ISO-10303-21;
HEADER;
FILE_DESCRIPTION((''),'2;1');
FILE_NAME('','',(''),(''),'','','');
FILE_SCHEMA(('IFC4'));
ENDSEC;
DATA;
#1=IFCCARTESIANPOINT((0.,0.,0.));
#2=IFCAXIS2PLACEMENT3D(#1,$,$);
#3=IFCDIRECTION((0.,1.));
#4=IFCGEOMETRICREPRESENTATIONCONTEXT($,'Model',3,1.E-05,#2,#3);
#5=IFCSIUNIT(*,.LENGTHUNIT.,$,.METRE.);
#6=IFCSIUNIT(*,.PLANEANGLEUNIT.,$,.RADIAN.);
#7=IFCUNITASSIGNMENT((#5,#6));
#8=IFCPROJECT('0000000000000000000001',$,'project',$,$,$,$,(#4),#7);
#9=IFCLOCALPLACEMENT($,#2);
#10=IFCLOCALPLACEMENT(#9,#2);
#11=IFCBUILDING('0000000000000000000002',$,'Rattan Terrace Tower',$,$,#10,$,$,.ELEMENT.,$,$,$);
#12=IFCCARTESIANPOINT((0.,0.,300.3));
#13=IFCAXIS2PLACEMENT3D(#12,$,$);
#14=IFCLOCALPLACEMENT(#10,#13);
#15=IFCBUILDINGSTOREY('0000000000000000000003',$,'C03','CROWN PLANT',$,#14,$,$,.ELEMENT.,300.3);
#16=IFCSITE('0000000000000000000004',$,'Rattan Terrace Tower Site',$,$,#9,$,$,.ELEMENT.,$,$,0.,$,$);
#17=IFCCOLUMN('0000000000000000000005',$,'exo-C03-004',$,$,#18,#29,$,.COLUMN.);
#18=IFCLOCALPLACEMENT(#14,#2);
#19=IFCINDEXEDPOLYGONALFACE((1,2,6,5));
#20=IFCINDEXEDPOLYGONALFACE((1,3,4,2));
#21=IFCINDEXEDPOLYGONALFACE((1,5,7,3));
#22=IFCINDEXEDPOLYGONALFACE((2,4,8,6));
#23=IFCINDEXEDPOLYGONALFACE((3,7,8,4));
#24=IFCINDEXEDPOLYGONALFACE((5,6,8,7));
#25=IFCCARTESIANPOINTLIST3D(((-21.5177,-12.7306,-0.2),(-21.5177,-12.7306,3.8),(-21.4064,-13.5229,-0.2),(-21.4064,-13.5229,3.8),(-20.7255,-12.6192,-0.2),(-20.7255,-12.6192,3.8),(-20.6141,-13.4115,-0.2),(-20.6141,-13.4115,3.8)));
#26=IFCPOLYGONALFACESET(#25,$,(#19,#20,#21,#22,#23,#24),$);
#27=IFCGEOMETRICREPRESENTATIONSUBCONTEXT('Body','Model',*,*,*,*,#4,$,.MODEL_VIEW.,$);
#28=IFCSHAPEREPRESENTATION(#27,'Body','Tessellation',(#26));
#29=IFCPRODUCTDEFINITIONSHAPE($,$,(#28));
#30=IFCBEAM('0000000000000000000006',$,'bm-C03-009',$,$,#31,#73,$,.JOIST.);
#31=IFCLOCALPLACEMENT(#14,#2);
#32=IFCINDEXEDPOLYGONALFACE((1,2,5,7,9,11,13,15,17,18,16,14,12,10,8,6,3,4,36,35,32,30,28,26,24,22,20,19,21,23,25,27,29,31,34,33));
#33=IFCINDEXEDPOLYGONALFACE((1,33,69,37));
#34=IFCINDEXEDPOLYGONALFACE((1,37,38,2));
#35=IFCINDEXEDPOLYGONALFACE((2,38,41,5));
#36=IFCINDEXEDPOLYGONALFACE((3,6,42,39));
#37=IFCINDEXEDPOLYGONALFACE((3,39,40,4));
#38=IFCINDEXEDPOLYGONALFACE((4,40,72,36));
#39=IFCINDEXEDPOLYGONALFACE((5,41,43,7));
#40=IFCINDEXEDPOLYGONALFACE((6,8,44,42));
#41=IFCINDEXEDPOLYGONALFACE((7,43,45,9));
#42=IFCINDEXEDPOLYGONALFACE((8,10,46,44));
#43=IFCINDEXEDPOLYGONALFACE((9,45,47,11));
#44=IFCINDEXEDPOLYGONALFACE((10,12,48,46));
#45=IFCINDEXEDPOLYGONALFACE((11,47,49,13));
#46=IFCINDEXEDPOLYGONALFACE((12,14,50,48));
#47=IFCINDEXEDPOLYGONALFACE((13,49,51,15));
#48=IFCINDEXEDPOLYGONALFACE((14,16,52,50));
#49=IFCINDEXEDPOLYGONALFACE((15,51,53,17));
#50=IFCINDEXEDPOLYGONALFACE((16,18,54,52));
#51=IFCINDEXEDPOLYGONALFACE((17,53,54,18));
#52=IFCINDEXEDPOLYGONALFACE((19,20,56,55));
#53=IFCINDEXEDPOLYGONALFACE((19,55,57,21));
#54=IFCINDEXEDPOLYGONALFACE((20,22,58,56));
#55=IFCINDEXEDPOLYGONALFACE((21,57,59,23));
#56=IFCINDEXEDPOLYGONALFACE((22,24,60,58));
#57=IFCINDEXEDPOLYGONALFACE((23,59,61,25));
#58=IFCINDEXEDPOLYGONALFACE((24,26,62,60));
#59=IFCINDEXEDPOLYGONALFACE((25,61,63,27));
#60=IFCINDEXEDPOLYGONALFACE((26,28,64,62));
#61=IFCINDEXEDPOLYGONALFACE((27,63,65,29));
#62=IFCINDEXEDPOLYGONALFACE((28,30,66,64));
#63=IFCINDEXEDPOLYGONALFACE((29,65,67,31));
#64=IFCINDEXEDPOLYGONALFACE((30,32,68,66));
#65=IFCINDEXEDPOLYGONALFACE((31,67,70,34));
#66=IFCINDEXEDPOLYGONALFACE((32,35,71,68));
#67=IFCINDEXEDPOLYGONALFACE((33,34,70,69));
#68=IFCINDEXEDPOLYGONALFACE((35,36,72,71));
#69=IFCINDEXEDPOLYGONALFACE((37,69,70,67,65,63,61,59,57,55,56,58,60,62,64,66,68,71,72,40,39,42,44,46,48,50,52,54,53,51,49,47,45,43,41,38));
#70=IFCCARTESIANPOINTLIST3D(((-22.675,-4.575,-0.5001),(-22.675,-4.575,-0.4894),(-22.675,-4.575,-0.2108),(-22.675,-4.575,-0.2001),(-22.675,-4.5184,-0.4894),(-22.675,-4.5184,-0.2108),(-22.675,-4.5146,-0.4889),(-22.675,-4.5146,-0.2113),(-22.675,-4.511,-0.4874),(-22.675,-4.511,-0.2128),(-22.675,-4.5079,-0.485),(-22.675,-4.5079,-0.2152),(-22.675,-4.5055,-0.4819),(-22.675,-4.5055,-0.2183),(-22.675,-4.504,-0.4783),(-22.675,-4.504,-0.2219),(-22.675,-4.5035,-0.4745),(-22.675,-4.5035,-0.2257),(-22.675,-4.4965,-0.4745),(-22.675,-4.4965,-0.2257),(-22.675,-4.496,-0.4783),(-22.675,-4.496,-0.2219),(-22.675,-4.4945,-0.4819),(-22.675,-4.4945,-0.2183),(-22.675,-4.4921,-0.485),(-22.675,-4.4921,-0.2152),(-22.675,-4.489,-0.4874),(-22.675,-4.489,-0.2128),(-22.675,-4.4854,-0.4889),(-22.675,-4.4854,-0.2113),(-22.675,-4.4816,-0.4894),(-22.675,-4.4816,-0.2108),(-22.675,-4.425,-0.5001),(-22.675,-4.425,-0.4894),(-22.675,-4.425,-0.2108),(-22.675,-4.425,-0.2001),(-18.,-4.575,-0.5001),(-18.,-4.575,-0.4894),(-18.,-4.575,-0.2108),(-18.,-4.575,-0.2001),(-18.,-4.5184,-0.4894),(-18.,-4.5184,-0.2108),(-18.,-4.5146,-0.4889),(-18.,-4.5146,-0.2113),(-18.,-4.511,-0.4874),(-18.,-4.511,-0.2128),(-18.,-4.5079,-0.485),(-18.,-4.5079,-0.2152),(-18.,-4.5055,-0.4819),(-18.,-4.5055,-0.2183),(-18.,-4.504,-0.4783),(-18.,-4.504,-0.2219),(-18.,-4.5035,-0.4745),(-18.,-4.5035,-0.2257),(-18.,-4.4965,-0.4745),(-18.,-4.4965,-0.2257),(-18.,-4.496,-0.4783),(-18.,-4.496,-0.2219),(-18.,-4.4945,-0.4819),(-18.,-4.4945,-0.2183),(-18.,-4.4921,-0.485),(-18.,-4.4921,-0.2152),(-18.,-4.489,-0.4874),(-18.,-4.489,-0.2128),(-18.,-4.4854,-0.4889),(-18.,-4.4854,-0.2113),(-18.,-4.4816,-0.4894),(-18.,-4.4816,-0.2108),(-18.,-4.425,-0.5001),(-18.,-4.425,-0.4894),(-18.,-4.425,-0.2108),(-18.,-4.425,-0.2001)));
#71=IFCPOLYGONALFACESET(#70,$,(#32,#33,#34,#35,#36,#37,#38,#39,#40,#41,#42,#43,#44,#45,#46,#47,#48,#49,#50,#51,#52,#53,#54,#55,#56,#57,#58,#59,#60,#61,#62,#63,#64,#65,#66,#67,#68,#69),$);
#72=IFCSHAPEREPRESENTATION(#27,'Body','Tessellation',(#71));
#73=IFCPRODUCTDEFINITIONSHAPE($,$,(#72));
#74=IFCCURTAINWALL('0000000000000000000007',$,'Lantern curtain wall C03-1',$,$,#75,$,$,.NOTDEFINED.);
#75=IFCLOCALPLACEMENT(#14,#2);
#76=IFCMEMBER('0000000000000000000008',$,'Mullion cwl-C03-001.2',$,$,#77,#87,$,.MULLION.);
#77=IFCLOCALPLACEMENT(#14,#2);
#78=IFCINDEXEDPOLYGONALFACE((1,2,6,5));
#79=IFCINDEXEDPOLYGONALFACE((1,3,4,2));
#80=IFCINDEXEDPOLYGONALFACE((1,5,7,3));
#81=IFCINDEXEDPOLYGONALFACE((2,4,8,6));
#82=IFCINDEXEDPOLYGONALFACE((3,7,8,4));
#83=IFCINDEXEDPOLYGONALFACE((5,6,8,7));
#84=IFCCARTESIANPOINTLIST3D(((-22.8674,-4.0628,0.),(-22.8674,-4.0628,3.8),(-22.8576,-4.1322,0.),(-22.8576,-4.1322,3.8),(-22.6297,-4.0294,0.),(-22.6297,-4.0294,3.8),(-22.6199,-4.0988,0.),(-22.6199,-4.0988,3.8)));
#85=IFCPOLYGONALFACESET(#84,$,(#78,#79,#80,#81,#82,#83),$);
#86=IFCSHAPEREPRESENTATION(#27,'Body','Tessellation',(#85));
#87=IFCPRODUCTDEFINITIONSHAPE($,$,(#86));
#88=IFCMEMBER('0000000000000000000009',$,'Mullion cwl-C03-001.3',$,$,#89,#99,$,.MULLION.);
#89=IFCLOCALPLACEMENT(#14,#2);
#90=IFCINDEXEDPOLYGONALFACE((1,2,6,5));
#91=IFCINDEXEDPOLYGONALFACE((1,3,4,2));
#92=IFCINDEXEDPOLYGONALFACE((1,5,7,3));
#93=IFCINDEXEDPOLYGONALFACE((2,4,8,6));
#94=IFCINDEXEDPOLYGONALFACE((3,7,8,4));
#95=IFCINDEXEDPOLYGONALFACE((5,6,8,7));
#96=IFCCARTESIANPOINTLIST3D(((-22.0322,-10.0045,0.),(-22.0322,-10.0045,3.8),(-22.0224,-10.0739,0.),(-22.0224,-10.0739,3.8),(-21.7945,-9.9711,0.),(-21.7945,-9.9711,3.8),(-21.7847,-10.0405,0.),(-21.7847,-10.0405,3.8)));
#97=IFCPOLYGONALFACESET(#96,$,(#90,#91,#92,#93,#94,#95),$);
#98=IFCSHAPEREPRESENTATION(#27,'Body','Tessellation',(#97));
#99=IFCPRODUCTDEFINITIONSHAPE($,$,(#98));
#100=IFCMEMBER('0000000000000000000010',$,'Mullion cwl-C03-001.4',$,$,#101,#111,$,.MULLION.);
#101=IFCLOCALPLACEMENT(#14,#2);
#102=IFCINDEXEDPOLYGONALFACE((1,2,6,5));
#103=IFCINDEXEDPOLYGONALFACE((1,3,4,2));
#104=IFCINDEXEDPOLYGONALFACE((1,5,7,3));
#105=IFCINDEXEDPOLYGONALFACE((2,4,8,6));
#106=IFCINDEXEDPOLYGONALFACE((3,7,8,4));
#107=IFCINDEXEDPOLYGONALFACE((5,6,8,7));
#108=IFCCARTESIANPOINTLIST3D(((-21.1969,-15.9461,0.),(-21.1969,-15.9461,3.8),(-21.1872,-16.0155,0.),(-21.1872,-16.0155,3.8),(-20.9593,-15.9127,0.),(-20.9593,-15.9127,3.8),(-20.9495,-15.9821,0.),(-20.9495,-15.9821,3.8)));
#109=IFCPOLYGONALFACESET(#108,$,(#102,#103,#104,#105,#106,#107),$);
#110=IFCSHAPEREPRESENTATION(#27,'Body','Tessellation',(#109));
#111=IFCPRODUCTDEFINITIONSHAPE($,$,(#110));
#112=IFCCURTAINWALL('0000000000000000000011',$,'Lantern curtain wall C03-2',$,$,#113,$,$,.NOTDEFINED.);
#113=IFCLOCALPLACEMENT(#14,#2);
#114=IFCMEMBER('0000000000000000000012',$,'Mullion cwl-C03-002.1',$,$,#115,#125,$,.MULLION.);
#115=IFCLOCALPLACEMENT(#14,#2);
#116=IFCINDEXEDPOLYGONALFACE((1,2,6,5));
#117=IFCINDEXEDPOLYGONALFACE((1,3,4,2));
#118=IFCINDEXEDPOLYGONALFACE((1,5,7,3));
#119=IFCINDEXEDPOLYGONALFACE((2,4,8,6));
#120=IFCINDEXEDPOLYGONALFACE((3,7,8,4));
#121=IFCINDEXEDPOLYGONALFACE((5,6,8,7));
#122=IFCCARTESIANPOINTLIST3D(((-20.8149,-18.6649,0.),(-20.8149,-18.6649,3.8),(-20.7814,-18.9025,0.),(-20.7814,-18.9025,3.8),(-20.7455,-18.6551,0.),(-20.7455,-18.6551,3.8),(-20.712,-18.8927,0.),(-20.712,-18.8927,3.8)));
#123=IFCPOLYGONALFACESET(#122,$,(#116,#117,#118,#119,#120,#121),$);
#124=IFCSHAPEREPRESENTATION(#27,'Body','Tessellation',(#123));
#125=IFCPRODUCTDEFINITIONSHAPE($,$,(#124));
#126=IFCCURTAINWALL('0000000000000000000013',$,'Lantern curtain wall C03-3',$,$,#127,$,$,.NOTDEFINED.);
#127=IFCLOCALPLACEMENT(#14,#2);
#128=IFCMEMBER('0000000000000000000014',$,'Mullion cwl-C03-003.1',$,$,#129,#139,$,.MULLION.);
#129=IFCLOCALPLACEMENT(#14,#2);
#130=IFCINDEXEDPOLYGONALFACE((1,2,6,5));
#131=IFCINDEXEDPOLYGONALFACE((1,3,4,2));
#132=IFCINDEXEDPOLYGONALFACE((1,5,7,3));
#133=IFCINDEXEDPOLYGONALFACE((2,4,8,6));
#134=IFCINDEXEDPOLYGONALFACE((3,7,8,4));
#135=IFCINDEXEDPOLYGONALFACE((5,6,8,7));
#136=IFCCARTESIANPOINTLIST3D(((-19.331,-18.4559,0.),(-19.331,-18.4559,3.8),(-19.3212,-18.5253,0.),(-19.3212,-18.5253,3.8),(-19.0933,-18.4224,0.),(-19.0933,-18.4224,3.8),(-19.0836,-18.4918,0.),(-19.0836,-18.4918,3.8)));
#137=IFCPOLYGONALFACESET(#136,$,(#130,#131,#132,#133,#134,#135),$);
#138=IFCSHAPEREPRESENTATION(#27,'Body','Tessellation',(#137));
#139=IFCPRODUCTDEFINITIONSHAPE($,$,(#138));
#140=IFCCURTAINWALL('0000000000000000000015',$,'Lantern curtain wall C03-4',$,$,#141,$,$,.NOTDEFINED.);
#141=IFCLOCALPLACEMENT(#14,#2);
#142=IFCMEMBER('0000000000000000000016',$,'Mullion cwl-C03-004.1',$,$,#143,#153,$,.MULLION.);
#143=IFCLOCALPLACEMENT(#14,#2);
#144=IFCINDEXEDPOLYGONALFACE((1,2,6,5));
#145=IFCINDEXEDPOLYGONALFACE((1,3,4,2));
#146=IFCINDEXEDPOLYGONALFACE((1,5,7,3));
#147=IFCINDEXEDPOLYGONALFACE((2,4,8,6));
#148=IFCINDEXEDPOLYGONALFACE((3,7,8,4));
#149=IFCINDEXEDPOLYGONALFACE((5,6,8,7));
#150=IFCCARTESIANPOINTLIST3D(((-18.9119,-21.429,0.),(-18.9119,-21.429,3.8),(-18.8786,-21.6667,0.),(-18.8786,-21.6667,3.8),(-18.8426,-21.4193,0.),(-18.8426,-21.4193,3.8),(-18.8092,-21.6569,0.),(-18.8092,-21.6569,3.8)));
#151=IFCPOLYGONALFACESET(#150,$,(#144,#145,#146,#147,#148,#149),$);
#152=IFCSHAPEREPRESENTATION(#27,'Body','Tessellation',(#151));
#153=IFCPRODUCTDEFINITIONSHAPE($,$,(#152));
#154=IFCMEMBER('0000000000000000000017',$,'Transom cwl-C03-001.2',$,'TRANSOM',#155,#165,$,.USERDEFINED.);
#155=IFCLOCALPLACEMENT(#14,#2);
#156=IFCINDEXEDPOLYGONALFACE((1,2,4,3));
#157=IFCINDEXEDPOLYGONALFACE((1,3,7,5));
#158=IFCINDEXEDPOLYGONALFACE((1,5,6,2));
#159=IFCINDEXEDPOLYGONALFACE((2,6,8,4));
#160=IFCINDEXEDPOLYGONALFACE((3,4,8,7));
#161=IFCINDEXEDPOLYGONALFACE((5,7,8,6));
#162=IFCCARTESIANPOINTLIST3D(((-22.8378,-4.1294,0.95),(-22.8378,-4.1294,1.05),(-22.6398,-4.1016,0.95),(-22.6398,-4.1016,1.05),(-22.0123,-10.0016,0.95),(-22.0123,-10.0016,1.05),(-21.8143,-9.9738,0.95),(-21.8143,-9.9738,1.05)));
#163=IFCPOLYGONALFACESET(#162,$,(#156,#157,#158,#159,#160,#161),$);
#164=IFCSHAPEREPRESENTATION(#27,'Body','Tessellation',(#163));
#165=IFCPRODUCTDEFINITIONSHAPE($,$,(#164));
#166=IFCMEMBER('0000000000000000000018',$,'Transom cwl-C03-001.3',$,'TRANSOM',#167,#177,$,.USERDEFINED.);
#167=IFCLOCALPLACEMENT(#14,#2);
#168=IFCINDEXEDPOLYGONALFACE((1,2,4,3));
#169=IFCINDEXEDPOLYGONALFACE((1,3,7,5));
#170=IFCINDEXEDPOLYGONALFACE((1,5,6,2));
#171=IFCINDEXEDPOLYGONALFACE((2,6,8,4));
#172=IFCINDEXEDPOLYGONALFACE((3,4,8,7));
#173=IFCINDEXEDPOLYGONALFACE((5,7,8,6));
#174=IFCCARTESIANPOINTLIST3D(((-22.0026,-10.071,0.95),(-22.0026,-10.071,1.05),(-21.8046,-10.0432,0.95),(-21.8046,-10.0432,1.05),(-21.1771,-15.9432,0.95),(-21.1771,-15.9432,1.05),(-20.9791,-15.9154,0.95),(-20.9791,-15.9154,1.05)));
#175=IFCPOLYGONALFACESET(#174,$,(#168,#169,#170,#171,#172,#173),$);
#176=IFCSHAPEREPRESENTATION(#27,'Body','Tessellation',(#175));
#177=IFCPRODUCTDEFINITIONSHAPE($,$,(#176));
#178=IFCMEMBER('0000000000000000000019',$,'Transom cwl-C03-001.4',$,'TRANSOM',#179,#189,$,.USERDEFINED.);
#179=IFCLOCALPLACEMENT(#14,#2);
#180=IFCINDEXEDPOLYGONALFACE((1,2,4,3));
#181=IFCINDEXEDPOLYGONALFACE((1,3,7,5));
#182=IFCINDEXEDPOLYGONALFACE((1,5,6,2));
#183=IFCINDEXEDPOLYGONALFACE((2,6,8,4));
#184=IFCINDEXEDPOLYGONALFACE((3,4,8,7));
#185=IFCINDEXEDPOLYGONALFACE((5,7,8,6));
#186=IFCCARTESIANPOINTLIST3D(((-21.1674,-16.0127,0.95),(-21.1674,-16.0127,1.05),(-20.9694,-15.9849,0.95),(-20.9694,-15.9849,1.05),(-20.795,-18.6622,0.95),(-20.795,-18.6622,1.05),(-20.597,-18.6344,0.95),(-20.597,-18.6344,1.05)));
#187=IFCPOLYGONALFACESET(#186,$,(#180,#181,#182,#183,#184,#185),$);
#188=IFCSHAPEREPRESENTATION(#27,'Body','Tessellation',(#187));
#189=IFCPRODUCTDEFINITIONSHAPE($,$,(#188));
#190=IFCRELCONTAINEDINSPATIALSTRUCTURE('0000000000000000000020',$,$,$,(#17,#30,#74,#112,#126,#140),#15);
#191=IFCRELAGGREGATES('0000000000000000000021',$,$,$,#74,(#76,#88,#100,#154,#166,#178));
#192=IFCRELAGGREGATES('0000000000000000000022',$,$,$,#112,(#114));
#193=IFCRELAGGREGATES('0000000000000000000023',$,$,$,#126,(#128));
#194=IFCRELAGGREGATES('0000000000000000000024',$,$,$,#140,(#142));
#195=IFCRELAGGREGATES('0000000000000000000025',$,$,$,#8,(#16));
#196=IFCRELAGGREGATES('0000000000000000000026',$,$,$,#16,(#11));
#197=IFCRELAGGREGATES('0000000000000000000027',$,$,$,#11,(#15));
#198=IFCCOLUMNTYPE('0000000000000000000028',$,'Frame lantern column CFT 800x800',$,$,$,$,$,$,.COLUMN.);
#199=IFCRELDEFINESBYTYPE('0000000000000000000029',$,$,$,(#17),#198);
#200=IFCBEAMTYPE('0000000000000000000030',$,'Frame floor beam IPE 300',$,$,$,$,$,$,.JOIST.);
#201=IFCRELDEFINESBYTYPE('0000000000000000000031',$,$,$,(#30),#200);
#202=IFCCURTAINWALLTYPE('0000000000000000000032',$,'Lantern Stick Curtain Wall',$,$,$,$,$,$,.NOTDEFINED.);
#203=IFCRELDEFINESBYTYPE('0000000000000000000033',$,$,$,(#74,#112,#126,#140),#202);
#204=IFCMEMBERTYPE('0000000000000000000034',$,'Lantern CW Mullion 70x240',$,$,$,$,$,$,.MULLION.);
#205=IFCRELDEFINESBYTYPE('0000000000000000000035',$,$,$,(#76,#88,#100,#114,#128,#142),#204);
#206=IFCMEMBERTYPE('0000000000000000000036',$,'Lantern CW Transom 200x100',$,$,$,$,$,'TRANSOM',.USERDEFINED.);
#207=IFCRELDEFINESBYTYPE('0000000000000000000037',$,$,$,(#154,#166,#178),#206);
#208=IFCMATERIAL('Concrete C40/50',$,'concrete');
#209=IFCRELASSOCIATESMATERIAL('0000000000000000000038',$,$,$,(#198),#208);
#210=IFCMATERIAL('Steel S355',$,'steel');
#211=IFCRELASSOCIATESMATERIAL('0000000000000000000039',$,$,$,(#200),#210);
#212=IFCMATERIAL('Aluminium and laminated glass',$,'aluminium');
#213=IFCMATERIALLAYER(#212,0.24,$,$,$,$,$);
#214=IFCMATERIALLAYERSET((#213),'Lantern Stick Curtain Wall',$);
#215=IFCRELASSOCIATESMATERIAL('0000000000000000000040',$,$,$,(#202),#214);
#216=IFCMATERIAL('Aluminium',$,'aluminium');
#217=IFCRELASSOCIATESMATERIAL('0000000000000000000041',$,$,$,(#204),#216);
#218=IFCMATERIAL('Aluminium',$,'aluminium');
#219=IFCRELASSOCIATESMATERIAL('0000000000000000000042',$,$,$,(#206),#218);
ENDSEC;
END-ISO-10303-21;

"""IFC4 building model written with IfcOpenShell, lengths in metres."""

from ifc_helpers import new_model, si_unit, direction, frame, origin, origin_2d, place, context, subcontext, project, spatial, rectangle, i_section, extrude, material, layer, layer_set, material_profile, profile_set, type_object, element, aggregate, save


model = new_model("IFC4")

# Units and contexts
model_context = context("Model", 3, precision=1e-05, world=origin(), true_north=direction((0.0, 1.0)))
body_context = subcontext(model_context, "Body", "Model", "MODEL_VIEW")
ifc_project = project(units=[si_unit("LENGTHUNIT", "METRE"), si_unit("PLANEANGLEUNIT", "RADIAN")], contexts=[model_context])

# Site, building, storey
site_placement = place(None, origin())
site = spatial("IfcSite", under=ifc_project, at=site_placement, Name="Rattan Terrace Tower Site", CompositionType="ELEMENT", RefElevation=0.0)
building_placement = place(site_placement, origin())
building = spatial("IfcBuilding", under=site, at=building_placement, Name="Rattan Terrace Tower", CompositionType="ELEMENT")
storey_placement = place(building_placement, frame((0.0, 0.0, 300.3)))
storey = spatial("IfcBuildingStorey", under=building, at=storey_placement, Name="C03", Description="CROWN PLANT", CompositionType="ELEMENT", Elevation=300.3)

# Column
ifc_material_1 = material(Name="Concrete C40/50", Category="concrete")
ifc_material_profile_1 = material_profile(ifc_material_1, rectangle(XDim=0.8, YDim=0.8, at=origin_2d()), Name="CFT 800x800")
ifc_profile_set_1 = profile_set([ifc_material_profile_1], Name="Concrete C40/50")
column_type = type_object("IfcColumnType", Name="Frame lantern column CFT 800x800", PredefinedType="COLUMN", material=ifc_profile_set_1)
column_placement = place(storey_placement, frame((-21.0659, -13.071, -0.2), z_axis=(0.0, 0.0, 1.0), x_axis=(-0.13919, 0.990266, 0.0)))
element("IfcColumn", 1, at=column_placement, inside=storey, type_object=column_type, Name="exo-C03-004", PredefinedType="COLUMN", context=body_context, shape_type="SweptSolid", body=[
    extrude(rectangle(XDim=0.8, YDim=0.8, at=origin_2d()), origin(), (0.0, 0.0, 1.0), 4.0),
])

# Beam
ifc_material_2 = material(Name="Steel S355", Category="steel")
ifc_material_profile_2 = material_profile(ifc_material_2, i_section(OverallWidth=0.1499, OverallDepth=0.3, WebThickness=0.0071, FlangeThickness=0.0107, FilletRadius=0.0149, at=origin_2d()), Name="IPE 300")
ifc_profile_set_2 = profile_set([ifc_material_profile_2], Name="Steel S355")
beam_type = type_object("IfcBeamType", Name="Frame floor beam IPE 300", PredefinedType="JOIST", material=ifc_profile_set_2)
beam_placement = place(storey_placement, frame((-22.675, -4.5, -0.3501), z_axis=(1.0, 0.0, 0.0), x_axis=(0.0, 1.0, 0.0)))
element("IfcBeam", 2, at=beam_placement, inside=storey, type_object=beam_type, Name="bm-C03-009", PredefinedType="JOIST", context=body_context, shape_type="SweptSolid", body=[
    extrude(i_section(OverallWidth=0.1499, OverallDepth=0.3, WebThickness=0.0071, FlangeThickness=0.0107, FilletRadius=0.0149, at=origin_2d()), origin(), (0.0, 0.0, 1.0), 4.675),
])

# Curtain wall, members
ifc_material_3 = material(Name="Aluminium and laminated glass", Category="aluminium")
ifc_layer_1 = layer(ifc_material_3, 0.24)
ifc_layer_set_1 = layer_set([ifc_layer_1], Name="Lantern Stick Curtain Wall")
curtain_wall_type = type_object("IfcCurtainWallType", Name="Lantern Stick Curtain Wall", PredefinedType="NOTDEFINED", material=ifc_layer_set_1)
curtain_wall_1_placement = place(storey_placement, origin())
curtain_wall_1 = element("IfcCurtainWall", 3, at=curtain_wall_1_placement, inside=storey, type_object=curtain_wall_type, Name="Lantern curtain wall C03-1", PredefinedType="NOTDEFINED")
ifc_material_4 = material(Name="Aluminium", Category="aluminium")
ifc_material_profile_3 = material_profile(ifc_material_4, rectangle(XDim=0.0701, YDim=0.24, at=origin_2d()), Name="Aluminium 70x240")
ifc_profile_set_3 = profile_set([ifc_material_profile_3], Name="Aluminium")
member_type_1 = type_object("IfcMemberType", Name="Lantern CW Mullion 70x240", PredefinedType="MULLION", material=ifc_profile_set_3)
member_1_placement = place(storey_placement, frame((-22.7437, -4.0808, 0.0), z_axis=(0.0, 0.0, 1.0), x_axis=(0.139188, -0.990266, 0.0)))
member_1 = element("IfcMember", 4, at=member_1_placement, type_object=member_type_1, Name="Mullion cwl-C03-001.2", PredefinedType="MULLION", context=body_context, shape_type="SweptSolid", body=[
    extrude(rectangle(XDim=0.0701, YDim=0.24, at=origin_2d()), origin(), (0.0, 0.0, 1.0), 3.8),
])
member_2_placement = place(storey_placement, frame((-21.9084, -10.0225, 0.0), z_axis=(0.0, 0.0, 1.0), x_axis=(0.139188, -0.990266, 0.0)))
member_2 = element("IfcMember", 5, at=member_2_placement, type_object=member_type_1, Name="Mullion cwl-C03-001.3", PredefinedType="MULLION", context=body_context, shape_type="SweptSolid", body=[
    extrude(rectangle(XDim=0.0701, YDim=0.24, at=origin_2d()), origin(), (0.0, 0.0, 1.0), 3.8),
])
member_3_placement = place(storey_placement, frame((-21.0732, -15.9641, 0.0), z_axis=(0.0, 0.0, 1.0), x_axis=(0.139188, -0.990266, 0.0)))
member_3 = element("IfcMember", 6, at=member_3_placement, type_object=member_type_1, Name="Mullion cwl-C03-001.4", PredefinedType="MULLION", context=body_context, shape_type="SweptSolid", body=[
    extrude(rectangle(XDim=0.0701, YDim=0.24, at=origin_2d()), origin(), (0.0, 0.0, 1.0), 3.8),
])

# Curtain walls, members
curtain_wall_2_placement = place(storey_placement, origin())
curtain_wall_2 = element("IfcCurtainWall", 7, at=curtain_wall_2_placement, inside=storey, type_object=curtain_wall_type, Name="Lantern curtain wall C03-2", PredefinedType="NOTDEFINED")
member_4_placement = place(storey_placement, frame((-20.7634, -18.7788, 0.0), z_axis=(0.0, 0.0, 1.0), x_axis=(0.990228, 0.139459, 0.0)))
member_4 = element("IfcMember", 8, at=member_4_placement, type_object=member_type_1, Name="Mullion cwl-C03-002.1", PredefinedType="MULLION", context=body_context, shape_type="SweptSolid", body=[
    extrude(rectangle(XDim=0.0701, YDim=0.24, at=origin_2d()), origin(), (0.0, 0.0, 1.0), 3.8),
])
curtain_wall_3_placement = place(storey_placement, origin())
curtain_wall_3 = element("IfcCurtainWall", 9, at=curtain_wall_3_placement, inside=storey, type_object=curtain_wall_type, Name="Lantern curtain wall C03-3", PredefinedType="NOTDEFINED")
member_5_placement = place(storey_placement, frame((-19.2073, -18.4739, 0.0), z_axis=(0.0, 0.0, 1.0), x_axis=(0.139556, -0.990214, 0.0)))
member_5 = element("IfcMember", 10, at=member_5_placement, type_object=member_type_1, Name="Mullion cwl-C03-003.1", PredefinedType="MULLION", context=body_context, shape_type="SweptSolid", body=[
    extrude(rectangle(XDim=0.0701, YDim=0.24, at=origin_2d()), origin(), (0.0, 0.0, 1.0), 3.8),
])
curtain_wall_4_placement = place(storey_placement, origin())
curtain_wall_4 = element("IfcCurtainWall", 11, at=curtain_wall_4_placement, inside=storey, type_object=curtain_wall_type, Name="Lantern curtain wall C03-4", PredefinedType="NOTDEFINED")
member_6_placement = place(storey_placement, frame((-18.8606, -21.543, 0.0), z_axis=(0.0, 0.0, 1.0), x_axis=(0.99032, 0.138805, 0.0)))
member_6 = element("IfcMember", 12, at=member_6_placement, type_object=member_type_1, Name="Mullion cwl-C03-004.1", PredefinedType="MULLION", context=body_context, shape_type="SweptSolid", body=[
    extrude(rectangle(XDim=0.0701, YDim=0.24, at=origin_2d()), origin(), (0.0, 0.0, 1.0), 3.8),
])

# Members
ifc_material_5 = material(Name="Aluminium", Category="aluminium")
ifc_material_profile_4 = material_profile(ifc_material_5, rectangle(XDim=0.2, YDim=0.1001, at=origin_2d()), Name="Aluminium 200x100")
ifc_profile_set_4 = profile_set([ifc_material_profile_4], Name="Aluminium")
member_type_2 = type_object("IfcMemberType", Name="Lantern CW Transom 200x100", ElementType="TRANSOM", PredefinedType="USERDEFINED", material=ifc_profile_set_4)
member_7_placement = place(storey_placement, frame((-22.7388, -4.1155, 1.0), z_axis=(0.139196, -0.990265, 0.0), x_axis=(0.990265, 0.139196, 0.0)))
member_7 = element("IfcMember", 13, at=member_7_placement, type_object=member_type_2, Name="Transom cwl-C03-001.2", ObjectType="TRANSOM", PredefinedType="USERDEFINED", context=body_context, shape_type="SweptSolid", body=[
    extrude(rectangle(XDim=0.2, YDim=0.1001, at=origin_2d()), origin(), (0.0, 0.0, 1.0), 5.9299),
])
member_8_placement = place(storey_placement, frame((-21.9036, -10.0571, 1.0), z_axis=(0.139196, -0.990265, 0.0), x_axis=(0.990265, 0.139196, 0.0)))
member_8 = element("IfcMember", 14, at=member_8_placement, type_object=member_type_2, Name="Transom cwl-C03-001.3", ObjectType="TRANSOM", PredefinedType="USERDEFINED", context=body_context, shape_type="SweptSolid", body=[
    extrude(rectangle(XDim=0.2, YDim=0.1001, at=origin_2d()), origin(), (0.0, 0.0, 1.0), 5.9299),
])
member_9_placement = place(storey_placement, frame((-21.0684, -15.9988, 1.0), z_axis=(0.13916, -0.99027, 0.0), x_axis=(0.99027, 0.13916, 0.0)))
member_9 = element("IfcMember", 15, at=member_9_placement, type_object=member_type_2, Name="Transom cwl-C03-001.4", ObjectType="TRANSOM", PredefinedType="USERDEFINED", context=body_context, shape_type="SweptSolid", body=[
    extrude(rectangle(XDim=0.2, YDim=0.1001, at=origin_2d()), origin(), (0.0, 0.0, 1.0), 2.6755),
])

aggregate(curtain_wall_1, [member_1, member_2, member_3, member_7, member_8, member_9])
aggregate(curtain_wall_2, [member_4])
aggregate(curtain_wall_3, [member_5])
aggregate(curtain_wall_4, [member_6])

save(model, "model.ifc")
